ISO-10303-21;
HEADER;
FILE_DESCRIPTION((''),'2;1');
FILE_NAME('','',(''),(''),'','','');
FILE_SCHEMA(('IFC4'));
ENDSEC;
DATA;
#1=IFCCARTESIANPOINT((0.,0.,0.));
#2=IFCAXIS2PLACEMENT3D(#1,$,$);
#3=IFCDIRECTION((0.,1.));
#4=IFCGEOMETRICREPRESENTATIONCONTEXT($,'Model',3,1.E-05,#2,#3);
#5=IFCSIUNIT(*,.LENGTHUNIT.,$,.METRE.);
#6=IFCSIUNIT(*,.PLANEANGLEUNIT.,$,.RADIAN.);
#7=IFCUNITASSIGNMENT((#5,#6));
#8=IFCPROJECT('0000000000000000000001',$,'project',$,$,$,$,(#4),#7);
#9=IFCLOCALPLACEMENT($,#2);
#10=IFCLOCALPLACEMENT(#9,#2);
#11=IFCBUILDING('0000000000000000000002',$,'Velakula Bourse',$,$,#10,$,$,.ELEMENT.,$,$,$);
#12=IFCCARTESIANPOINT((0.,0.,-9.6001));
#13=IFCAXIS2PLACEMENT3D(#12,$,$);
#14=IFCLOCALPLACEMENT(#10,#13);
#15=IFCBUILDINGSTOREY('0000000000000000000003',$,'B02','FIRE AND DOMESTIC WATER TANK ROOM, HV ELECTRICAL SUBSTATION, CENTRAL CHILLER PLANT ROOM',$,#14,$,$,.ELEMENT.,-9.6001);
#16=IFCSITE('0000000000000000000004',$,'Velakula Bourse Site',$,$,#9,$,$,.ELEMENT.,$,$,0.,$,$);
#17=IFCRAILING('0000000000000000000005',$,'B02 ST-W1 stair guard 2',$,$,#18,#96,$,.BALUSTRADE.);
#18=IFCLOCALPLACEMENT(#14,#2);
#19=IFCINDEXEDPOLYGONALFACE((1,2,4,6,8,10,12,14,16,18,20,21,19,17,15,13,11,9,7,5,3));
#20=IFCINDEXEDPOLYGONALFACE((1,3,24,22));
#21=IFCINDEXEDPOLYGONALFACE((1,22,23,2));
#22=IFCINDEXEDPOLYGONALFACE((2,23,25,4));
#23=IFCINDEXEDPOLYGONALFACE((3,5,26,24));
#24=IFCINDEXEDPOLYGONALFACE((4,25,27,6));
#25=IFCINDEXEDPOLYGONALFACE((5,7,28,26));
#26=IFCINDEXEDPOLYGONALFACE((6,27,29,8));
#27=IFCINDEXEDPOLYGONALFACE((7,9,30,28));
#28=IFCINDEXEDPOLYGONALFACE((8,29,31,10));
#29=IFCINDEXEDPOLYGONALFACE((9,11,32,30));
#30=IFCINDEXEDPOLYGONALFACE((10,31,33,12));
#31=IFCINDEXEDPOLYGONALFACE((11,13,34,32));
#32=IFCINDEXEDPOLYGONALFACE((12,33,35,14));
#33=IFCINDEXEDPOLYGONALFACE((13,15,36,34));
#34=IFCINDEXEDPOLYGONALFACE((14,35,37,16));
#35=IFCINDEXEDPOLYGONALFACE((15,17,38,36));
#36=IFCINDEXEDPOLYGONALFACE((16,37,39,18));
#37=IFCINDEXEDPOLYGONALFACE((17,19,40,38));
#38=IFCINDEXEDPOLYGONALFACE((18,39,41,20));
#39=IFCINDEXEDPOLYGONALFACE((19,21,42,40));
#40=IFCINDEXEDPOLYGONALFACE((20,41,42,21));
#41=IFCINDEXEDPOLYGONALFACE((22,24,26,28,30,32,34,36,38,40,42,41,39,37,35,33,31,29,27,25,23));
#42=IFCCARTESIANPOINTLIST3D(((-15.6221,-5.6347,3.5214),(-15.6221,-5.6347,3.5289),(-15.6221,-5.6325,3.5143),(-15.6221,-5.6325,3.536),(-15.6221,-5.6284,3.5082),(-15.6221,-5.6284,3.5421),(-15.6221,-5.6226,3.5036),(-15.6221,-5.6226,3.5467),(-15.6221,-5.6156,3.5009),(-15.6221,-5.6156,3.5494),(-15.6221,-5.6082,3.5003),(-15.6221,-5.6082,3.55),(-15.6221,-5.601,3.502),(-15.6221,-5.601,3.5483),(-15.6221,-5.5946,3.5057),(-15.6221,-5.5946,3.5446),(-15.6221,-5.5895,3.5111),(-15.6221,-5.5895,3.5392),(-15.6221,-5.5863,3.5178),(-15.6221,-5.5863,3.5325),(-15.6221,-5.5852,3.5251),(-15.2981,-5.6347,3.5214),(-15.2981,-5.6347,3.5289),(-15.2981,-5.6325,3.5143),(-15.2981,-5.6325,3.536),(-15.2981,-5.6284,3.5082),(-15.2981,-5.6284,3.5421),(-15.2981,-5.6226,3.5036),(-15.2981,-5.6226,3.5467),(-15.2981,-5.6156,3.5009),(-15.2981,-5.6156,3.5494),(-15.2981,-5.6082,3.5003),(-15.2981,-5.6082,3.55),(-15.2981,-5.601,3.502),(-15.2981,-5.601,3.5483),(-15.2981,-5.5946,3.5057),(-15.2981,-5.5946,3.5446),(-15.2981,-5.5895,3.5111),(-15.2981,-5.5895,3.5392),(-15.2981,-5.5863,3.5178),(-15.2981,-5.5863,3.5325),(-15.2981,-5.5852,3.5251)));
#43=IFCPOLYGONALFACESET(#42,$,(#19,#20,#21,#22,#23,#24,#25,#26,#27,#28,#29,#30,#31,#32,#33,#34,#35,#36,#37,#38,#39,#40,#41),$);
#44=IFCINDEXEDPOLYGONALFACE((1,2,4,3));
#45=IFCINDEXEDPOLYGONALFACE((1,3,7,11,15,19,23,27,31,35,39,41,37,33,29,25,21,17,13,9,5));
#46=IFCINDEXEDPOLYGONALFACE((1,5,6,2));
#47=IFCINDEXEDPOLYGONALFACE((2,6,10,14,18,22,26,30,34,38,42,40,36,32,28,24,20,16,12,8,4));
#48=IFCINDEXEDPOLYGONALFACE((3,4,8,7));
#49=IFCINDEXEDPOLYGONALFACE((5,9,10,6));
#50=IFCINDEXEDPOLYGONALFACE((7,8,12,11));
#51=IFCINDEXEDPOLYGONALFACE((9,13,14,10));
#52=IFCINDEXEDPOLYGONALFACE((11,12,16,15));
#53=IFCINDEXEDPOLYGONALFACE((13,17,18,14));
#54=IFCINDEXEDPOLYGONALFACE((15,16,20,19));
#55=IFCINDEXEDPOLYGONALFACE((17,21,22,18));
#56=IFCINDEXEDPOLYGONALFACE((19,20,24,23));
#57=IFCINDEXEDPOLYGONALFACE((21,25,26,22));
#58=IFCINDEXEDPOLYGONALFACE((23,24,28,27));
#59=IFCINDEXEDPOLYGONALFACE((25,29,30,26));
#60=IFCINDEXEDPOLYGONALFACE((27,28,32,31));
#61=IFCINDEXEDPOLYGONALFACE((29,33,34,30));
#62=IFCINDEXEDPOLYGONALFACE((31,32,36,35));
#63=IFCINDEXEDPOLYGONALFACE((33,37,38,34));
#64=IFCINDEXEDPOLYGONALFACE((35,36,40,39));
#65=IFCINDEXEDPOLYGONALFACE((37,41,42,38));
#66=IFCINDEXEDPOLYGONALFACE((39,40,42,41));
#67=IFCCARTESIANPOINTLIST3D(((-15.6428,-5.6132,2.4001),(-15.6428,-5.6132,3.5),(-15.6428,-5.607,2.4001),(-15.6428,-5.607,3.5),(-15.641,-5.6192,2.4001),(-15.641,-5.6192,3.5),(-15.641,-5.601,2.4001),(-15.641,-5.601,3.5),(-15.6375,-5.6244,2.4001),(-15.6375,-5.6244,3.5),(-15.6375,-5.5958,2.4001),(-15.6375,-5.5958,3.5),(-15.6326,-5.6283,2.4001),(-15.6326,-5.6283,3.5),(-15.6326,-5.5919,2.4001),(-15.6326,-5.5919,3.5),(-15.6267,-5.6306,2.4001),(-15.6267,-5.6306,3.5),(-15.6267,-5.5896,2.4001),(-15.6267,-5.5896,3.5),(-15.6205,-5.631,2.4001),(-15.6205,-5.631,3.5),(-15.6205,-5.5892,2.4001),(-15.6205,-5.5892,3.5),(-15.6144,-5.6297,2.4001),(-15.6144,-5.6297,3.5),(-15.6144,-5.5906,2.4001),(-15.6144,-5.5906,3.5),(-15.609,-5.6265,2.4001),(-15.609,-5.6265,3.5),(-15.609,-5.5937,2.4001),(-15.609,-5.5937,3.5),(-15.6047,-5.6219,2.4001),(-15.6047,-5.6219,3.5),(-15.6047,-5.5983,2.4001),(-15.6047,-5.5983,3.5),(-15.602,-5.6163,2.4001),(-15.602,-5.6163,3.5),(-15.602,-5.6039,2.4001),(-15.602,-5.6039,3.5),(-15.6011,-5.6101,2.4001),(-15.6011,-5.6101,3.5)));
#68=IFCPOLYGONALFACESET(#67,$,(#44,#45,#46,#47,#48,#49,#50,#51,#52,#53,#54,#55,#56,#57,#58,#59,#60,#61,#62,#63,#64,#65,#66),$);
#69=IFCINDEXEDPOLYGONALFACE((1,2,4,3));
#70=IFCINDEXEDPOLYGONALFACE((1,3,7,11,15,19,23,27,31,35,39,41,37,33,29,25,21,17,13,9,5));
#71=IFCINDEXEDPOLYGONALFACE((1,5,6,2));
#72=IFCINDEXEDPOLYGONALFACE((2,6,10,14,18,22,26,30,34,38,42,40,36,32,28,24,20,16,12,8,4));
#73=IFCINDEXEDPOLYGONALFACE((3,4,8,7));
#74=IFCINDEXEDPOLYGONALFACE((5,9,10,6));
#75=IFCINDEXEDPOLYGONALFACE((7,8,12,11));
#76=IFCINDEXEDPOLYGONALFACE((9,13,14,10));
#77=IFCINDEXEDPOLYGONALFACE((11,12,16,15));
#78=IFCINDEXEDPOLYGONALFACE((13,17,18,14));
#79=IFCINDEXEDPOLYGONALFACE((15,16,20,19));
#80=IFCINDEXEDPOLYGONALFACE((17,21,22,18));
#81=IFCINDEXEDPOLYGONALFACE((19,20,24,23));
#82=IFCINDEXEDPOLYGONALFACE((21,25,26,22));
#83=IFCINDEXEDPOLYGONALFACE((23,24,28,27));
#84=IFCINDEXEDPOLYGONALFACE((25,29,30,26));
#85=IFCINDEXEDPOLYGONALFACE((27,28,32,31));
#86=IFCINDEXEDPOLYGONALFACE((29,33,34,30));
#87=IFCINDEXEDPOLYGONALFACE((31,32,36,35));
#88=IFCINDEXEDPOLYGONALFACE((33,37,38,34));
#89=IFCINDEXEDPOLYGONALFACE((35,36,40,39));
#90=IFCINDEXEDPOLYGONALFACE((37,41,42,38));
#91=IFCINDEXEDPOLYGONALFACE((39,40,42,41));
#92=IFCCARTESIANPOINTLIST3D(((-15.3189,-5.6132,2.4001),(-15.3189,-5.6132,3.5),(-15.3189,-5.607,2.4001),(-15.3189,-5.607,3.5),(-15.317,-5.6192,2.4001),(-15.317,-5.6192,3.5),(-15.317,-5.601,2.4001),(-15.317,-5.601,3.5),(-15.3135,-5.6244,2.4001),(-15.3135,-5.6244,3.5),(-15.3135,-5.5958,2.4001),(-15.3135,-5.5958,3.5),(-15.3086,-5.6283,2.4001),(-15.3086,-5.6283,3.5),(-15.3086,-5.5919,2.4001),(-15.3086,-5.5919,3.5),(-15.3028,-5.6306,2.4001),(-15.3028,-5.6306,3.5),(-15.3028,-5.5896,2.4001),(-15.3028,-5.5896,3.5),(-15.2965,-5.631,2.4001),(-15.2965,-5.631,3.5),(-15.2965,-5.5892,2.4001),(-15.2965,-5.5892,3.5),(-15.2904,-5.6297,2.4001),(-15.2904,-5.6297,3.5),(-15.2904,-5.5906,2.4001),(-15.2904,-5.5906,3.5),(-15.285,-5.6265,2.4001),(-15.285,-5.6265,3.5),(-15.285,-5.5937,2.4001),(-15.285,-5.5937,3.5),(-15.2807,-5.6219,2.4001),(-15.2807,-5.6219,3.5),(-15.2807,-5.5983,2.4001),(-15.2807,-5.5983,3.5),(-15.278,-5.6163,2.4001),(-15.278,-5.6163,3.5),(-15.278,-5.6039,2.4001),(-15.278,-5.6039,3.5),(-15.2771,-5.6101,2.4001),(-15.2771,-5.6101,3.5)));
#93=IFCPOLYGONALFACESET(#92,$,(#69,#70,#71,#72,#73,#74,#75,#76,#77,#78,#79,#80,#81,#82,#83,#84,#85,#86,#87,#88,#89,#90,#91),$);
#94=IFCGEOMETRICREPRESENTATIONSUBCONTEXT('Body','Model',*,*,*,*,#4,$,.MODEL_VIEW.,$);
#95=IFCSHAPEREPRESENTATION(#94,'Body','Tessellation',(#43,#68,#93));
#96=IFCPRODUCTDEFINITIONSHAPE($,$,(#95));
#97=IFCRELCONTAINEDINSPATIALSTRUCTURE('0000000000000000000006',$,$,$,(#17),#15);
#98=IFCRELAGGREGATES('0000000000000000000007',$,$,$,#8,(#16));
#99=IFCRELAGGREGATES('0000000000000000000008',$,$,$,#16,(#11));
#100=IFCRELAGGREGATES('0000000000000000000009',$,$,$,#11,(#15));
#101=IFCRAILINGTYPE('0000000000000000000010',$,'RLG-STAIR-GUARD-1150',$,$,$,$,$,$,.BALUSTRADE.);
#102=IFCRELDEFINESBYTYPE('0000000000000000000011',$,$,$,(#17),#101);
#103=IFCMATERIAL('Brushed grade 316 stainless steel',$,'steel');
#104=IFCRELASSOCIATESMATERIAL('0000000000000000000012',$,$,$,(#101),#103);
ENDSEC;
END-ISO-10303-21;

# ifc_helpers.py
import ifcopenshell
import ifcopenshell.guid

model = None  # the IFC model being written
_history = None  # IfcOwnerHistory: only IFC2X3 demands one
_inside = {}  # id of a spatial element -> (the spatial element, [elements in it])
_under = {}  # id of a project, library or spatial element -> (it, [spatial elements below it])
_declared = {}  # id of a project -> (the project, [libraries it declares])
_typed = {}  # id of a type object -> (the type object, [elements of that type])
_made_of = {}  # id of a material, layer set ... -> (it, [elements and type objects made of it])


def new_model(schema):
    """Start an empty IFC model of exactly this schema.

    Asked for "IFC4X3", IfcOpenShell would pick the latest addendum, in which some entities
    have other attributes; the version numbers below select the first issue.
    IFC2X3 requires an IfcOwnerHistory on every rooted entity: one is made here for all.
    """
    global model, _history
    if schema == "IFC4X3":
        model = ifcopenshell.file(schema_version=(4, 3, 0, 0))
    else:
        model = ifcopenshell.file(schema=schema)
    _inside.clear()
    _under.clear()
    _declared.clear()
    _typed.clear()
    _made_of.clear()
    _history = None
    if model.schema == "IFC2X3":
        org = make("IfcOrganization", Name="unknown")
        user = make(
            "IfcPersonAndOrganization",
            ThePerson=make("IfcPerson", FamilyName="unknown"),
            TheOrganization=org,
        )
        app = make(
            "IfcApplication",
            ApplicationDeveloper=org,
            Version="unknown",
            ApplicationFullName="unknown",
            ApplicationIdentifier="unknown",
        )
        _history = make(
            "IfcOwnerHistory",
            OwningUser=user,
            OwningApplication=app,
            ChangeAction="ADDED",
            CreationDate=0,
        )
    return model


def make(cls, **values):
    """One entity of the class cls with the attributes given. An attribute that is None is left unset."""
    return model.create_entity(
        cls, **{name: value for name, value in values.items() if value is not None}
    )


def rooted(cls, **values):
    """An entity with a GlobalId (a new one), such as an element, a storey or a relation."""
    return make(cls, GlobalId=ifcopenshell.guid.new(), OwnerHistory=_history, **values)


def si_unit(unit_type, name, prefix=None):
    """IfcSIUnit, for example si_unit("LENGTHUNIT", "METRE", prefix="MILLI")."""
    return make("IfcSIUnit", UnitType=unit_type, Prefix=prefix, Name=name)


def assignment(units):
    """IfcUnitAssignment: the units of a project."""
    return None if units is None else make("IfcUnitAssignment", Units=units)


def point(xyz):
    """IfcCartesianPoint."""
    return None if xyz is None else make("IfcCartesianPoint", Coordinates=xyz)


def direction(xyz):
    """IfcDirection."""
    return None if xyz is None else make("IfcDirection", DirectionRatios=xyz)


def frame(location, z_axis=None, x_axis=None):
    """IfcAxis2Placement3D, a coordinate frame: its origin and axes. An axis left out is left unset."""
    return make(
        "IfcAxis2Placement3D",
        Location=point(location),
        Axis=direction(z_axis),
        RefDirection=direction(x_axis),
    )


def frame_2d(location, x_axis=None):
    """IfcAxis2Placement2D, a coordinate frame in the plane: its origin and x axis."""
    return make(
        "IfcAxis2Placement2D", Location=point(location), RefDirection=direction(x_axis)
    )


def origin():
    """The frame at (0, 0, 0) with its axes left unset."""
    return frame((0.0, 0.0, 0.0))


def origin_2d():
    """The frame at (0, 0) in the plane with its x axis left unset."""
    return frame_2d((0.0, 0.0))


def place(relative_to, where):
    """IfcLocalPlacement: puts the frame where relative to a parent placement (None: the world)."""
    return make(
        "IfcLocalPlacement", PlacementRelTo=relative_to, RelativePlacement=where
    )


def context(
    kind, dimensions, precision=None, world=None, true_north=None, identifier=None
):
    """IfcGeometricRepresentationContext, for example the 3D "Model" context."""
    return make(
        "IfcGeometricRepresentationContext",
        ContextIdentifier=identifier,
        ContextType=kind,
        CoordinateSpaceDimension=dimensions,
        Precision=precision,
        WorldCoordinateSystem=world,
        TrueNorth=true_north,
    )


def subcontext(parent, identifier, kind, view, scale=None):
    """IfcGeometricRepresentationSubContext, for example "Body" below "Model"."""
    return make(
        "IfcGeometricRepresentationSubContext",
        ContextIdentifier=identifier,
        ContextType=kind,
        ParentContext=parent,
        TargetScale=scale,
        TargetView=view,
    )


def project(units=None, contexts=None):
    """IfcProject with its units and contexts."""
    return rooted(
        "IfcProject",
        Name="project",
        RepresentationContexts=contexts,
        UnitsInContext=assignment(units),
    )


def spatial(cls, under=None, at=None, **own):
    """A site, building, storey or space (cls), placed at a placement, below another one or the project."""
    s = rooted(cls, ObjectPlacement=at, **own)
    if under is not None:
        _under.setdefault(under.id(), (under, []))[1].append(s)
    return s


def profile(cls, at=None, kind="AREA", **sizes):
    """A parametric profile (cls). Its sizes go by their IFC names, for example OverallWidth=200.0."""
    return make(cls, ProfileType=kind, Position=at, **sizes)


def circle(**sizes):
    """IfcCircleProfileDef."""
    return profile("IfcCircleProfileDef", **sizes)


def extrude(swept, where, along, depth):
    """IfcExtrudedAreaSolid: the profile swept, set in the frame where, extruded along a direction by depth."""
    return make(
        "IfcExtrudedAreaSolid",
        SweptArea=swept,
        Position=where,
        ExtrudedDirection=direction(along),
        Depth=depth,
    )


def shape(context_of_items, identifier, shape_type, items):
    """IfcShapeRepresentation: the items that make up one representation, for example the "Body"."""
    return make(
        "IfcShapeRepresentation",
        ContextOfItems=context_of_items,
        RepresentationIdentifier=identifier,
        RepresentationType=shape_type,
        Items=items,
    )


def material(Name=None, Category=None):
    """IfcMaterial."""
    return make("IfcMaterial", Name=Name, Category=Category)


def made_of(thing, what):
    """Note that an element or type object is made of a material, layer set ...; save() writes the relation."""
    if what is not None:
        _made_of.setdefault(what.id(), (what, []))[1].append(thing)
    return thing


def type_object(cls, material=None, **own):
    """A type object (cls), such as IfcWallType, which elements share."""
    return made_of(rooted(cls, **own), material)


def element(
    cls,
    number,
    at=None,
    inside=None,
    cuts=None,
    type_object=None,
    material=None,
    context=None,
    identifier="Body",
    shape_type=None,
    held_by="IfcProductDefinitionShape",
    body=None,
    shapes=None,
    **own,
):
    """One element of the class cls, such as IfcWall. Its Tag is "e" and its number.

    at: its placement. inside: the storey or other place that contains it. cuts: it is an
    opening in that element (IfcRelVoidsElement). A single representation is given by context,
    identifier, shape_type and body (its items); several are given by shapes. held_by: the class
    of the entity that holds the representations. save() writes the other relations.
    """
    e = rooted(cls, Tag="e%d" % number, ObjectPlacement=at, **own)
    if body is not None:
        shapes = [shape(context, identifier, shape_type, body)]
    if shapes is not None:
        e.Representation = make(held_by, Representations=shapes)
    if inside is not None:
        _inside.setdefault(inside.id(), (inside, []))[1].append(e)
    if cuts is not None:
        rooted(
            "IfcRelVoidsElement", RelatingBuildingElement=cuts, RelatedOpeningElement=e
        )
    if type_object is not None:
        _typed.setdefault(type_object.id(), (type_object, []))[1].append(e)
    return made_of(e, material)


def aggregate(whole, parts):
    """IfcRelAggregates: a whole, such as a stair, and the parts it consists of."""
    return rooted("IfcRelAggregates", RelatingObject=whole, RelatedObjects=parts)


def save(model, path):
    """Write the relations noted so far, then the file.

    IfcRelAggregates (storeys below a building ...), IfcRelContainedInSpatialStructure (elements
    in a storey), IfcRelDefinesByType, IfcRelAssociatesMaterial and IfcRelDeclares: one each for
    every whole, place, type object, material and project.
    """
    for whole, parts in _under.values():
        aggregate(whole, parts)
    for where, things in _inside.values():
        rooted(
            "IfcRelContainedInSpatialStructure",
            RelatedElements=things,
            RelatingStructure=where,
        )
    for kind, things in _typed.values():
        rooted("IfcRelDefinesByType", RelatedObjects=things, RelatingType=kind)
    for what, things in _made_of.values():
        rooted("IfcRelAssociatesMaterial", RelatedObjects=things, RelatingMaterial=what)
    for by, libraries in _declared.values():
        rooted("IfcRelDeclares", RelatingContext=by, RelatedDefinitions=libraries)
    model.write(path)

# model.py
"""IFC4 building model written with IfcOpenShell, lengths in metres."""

from ifc_helpers import new_model, si_unit, direction, frame, origin, origin_2d, place, context, subcontext, project, spatial, circle, extrude, material, type_object, element, save


model = new_model("IFC4")

# Units and contexts
model_context = context("Model", 3, precision=1e-05, world=origin(), true_north=direction((0.0, 1.0)))
body_context = subcontext(model_context, "Body", "Model", "MODEL_VIEW")
ifc_project = project(units=[si_unit("LENGTHUNIT", "METRE"), si_unit("PLANEANGLEUNIT", "RADIAN")], contexts=[model_context])

# Site, building, storey
site_placement = place(None, origin())
site = spatial("IfcSite", under=ifc_project, at=site_placement, Name="Velakula Bourse Site", CompositionType="ELEMENT", RefElevation=0.0)
building_placement = place(site_placement, origin())
building = spatial("IfcBuilding", under=site, at=building_placement, Name="Velakula Bourse", CompositionType="ELEMENT")
storey_placement = place(building_placement, frame((0.0, 0.0, -9.6001)))
storey = spatial("IfcBuildingStorey", under=building, at=storey_placement, Name="B02", Description="FIRE AND DOMESTIC WATER TANK ROOM, HV ELECTRICAL SUBSTATION, CENTRAL CHILLER PLANT ROOM", CompositionType="ELEMENT", Elevation=-9.6001)

# Shared definitions
ifc_material_1 = material(Name="Brushed grade 316 stainless steel", Category="steel")

# Railing
railing_type_1 = type_object("IfcRailingType", Name="RLG-STAIR-GUARD-1150", PredefinedType="BALUSTRADE", material=ifc_material_1)
railing_1_placement = place(storey_placement, frame((-15.6221, -5.6101, 2.4001)))
element("IfcRailing", 1, at=railing_1_placement, inside=storey, type_object=railing_type_1, Name="B02 ST-W1 stair guard 2", PredefinedType="BALUSTRADE", context=body_context, shape_type="SweptSolid", body=[
    extrude(circle(Radius=0.0249, at=origin_2d()), frame((0.0, 0.0, 1.125), z_axis=(1.0, 0.0, 0.0), x_axis=(0.0, 1.0, 0.0)), (0.0, 0.0, 1.0), 0.324),
    extrude(circle(Radius=0.021, at=origin_2d()), origin(), (0.0, 0.0, 1.0), 1.0999),
    extrude(circle(Radius=0.021, at=origin_2d()), frame((0.324, 0.0, 0.0)), (0.0, 0.0, 1.0), 1.0999),
])

save(model, "model.ifc")
